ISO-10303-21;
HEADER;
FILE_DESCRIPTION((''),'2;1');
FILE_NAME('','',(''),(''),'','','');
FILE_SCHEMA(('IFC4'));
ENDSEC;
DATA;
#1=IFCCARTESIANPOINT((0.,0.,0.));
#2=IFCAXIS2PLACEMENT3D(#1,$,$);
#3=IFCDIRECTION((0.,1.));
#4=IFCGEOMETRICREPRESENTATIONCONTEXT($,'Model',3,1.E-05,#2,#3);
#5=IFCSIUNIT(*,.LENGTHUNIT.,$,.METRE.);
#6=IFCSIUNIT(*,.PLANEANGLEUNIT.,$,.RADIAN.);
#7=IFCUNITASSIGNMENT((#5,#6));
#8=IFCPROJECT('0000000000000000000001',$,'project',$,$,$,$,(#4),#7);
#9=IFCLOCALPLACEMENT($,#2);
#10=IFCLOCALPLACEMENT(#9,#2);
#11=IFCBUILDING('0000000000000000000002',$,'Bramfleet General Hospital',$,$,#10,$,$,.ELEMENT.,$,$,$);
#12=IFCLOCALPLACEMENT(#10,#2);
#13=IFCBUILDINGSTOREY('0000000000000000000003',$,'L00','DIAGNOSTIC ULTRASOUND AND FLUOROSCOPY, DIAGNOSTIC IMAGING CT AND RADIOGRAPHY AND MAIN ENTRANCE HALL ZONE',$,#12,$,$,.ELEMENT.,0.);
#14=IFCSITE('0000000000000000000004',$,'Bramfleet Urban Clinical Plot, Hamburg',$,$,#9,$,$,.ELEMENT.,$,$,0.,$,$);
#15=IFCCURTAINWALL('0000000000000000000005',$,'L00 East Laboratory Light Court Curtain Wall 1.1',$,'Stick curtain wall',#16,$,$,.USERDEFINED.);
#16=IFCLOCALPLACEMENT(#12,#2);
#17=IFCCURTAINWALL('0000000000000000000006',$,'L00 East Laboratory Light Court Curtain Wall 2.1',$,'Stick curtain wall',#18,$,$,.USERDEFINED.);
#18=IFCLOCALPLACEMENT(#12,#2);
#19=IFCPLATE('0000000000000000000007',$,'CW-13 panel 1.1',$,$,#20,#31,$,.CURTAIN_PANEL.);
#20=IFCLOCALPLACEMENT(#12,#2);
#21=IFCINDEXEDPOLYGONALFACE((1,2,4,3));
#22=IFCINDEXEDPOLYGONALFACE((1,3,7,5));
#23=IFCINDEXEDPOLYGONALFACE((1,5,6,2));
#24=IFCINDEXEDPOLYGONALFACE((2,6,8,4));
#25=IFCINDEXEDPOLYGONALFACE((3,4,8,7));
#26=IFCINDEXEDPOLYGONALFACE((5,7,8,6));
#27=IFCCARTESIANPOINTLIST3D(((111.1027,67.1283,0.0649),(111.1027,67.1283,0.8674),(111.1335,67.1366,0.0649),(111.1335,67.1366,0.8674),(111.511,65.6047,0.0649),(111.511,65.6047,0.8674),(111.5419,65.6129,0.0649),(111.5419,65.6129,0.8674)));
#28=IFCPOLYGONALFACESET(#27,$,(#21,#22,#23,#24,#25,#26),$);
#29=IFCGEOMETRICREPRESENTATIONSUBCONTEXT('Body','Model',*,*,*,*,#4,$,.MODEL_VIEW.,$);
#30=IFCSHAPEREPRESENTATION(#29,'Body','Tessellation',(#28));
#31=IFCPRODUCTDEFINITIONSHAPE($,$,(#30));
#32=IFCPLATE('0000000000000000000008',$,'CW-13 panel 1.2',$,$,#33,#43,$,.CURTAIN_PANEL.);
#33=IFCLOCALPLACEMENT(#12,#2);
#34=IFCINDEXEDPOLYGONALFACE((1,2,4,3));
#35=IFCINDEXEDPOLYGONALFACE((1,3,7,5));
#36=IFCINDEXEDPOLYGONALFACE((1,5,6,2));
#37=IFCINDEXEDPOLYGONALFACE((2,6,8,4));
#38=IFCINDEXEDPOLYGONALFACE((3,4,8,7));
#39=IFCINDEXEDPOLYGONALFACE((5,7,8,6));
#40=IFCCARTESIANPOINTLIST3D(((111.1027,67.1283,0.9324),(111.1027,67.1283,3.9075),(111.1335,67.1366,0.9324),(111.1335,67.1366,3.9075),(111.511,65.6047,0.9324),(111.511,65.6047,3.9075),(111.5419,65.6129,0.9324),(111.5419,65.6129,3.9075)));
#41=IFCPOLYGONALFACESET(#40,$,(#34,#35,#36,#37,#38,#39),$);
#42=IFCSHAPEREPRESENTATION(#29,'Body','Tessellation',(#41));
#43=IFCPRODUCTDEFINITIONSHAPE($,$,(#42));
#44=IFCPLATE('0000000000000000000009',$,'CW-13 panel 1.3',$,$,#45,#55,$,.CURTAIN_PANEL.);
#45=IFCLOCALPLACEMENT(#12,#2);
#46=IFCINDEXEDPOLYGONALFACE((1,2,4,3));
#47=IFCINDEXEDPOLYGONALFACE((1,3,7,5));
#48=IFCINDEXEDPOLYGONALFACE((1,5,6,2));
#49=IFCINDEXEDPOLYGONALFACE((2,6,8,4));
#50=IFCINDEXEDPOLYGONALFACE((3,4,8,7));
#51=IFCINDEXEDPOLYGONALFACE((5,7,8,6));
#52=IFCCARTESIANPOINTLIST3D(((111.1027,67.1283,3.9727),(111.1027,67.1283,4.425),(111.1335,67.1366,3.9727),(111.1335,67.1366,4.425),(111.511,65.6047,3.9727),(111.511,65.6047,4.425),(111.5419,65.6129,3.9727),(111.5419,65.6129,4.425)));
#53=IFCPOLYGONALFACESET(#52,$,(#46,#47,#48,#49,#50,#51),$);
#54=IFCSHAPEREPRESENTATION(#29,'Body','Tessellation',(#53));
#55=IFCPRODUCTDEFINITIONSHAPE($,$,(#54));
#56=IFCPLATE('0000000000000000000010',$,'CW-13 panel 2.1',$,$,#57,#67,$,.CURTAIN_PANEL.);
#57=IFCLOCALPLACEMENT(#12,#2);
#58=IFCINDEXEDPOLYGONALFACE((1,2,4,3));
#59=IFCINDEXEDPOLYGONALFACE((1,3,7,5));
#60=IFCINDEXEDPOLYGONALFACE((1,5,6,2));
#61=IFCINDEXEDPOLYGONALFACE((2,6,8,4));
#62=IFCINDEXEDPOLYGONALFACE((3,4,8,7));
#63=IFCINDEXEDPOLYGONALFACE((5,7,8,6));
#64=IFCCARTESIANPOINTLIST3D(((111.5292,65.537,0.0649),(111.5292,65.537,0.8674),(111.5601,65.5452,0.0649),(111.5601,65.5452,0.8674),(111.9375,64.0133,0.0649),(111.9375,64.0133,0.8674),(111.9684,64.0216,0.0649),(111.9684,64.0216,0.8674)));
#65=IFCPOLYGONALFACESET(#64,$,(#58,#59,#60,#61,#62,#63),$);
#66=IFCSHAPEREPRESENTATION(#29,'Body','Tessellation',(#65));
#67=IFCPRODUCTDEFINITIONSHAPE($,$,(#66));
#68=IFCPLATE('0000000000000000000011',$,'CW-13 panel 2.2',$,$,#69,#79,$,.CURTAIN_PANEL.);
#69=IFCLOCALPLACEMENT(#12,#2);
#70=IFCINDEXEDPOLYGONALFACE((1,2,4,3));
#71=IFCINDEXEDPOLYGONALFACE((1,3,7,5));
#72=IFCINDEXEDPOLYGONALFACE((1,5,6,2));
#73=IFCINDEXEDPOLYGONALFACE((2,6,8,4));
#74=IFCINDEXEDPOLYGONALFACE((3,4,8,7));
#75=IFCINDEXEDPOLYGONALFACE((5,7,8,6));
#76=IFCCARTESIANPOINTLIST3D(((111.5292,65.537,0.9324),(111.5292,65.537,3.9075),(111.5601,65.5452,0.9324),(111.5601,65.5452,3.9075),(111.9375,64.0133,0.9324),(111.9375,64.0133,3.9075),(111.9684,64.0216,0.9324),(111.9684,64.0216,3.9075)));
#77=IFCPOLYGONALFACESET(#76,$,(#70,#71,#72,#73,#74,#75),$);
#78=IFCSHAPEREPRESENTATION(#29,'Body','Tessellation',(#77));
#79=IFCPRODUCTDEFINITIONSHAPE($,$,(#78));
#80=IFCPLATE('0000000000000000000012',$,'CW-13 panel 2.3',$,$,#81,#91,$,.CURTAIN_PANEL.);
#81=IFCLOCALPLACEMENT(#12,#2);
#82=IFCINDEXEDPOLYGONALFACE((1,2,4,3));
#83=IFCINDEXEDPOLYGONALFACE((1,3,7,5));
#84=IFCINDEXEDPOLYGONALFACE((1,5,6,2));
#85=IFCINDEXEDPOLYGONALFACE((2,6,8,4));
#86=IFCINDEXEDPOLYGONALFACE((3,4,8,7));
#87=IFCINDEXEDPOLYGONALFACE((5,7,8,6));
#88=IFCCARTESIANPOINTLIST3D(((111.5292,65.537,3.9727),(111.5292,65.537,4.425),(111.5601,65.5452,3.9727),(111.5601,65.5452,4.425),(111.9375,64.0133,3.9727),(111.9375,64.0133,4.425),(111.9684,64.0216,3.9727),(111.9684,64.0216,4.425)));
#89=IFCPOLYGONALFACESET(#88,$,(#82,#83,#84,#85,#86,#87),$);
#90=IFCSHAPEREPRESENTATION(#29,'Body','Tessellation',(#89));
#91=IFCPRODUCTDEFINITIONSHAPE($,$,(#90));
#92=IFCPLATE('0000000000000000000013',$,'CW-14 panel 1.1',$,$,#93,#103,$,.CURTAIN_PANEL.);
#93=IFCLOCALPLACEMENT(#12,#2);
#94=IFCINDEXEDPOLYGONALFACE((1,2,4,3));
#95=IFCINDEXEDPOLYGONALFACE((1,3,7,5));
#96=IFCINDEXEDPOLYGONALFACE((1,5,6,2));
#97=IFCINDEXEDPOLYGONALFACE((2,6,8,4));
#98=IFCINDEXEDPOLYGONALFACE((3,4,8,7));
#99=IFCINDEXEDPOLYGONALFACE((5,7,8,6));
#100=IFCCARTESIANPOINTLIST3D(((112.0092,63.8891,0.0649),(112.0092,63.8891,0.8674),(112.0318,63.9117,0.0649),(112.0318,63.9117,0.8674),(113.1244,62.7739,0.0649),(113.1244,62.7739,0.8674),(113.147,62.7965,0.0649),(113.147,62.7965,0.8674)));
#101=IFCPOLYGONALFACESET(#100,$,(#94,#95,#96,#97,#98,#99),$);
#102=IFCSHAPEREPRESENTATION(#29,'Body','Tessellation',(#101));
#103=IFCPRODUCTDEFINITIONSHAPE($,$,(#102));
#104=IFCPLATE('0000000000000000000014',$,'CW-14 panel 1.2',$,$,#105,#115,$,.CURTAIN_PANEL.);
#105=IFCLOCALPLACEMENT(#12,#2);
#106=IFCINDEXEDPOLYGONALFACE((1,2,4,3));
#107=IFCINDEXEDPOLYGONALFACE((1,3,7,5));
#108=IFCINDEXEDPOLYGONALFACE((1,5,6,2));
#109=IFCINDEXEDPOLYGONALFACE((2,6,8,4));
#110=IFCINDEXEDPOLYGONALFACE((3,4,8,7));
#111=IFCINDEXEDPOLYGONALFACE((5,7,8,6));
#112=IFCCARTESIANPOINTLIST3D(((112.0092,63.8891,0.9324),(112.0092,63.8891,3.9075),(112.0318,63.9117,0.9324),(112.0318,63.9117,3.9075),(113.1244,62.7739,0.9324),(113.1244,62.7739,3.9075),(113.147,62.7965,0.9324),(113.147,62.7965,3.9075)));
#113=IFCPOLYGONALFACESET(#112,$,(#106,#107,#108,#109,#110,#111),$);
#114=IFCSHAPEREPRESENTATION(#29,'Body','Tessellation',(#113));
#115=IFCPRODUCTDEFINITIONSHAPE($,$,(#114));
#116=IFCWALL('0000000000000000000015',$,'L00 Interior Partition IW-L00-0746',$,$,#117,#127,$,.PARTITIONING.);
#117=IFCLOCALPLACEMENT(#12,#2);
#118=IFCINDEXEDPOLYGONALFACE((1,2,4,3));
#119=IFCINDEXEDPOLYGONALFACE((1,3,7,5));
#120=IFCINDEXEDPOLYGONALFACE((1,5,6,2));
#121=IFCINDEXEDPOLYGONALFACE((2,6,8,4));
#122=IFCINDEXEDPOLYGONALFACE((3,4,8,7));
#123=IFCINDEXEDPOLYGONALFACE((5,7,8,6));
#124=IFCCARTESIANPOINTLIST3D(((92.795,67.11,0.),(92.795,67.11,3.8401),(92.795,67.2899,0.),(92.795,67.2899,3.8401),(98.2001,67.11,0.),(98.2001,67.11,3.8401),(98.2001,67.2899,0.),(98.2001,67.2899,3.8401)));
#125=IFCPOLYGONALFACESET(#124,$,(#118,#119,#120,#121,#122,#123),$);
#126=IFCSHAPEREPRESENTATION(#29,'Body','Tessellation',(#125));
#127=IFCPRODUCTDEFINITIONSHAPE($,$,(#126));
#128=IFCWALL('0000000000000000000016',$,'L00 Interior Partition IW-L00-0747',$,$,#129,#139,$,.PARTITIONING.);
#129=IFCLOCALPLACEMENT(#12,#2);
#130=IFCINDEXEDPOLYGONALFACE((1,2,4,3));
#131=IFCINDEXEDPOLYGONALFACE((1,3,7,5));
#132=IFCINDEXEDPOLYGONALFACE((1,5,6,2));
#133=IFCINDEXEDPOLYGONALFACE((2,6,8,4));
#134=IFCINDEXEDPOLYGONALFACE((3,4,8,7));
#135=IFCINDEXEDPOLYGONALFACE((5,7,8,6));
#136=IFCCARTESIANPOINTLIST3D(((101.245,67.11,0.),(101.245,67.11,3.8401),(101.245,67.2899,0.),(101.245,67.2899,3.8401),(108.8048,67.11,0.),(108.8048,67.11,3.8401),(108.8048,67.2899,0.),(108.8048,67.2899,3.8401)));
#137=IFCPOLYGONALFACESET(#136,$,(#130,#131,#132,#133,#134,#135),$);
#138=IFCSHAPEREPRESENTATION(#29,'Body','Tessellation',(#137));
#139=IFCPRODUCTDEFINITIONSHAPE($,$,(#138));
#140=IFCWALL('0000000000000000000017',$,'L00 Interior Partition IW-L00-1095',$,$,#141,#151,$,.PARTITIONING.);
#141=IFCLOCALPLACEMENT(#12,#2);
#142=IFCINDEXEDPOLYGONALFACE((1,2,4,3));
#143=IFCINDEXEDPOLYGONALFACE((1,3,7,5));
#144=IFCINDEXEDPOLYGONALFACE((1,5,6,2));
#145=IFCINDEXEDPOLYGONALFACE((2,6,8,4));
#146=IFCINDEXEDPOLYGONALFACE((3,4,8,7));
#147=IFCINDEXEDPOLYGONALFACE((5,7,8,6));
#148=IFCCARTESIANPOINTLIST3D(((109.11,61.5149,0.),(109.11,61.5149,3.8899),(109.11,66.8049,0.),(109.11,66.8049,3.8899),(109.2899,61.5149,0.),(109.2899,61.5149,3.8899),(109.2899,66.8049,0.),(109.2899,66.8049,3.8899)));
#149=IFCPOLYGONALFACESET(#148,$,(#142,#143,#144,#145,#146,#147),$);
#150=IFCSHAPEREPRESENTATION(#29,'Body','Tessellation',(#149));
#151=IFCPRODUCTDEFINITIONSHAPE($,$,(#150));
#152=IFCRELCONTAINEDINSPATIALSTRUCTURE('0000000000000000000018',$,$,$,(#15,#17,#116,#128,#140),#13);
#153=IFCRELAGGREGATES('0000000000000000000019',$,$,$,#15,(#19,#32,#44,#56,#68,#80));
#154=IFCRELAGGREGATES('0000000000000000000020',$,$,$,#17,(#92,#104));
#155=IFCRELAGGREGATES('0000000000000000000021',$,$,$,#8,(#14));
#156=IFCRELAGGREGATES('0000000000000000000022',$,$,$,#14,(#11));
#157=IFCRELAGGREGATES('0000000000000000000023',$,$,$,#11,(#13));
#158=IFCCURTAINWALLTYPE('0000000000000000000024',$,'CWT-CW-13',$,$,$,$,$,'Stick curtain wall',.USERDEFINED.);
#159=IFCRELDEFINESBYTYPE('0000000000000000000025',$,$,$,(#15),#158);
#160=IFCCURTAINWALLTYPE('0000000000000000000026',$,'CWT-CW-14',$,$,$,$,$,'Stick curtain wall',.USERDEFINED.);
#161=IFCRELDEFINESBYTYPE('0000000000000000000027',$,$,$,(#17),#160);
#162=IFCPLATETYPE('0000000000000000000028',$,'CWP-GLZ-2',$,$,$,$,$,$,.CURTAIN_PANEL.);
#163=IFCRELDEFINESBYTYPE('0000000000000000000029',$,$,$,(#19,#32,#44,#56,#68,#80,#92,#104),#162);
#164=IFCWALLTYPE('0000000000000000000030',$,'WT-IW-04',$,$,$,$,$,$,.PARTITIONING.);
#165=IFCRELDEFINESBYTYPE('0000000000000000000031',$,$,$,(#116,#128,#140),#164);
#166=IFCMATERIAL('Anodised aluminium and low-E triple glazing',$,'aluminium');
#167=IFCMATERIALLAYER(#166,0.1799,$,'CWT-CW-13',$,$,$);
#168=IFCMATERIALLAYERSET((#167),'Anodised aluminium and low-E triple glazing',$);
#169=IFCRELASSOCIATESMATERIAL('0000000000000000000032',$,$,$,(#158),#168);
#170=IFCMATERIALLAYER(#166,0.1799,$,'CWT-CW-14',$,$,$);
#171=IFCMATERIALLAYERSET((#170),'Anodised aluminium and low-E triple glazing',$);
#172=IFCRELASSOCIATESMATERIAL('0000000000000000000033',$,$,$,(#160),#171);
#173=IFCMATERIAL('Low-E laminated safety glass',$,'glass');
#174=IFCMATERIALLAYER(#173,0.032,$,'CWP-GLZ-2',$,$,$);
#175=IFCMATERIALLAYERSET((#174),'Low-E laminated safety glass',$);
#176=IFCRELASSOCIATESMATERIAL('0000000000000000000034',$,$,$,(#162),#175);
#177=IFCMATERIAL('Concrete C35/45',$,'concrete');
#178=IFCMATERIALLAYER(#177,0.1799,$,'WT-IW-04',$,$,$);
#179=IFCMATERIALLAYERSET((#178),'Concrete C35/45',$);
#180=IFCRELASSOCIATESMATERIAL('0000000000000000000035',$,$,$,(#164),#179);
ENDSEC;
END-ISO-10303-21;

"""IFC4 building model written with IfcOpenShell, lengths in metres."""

from ifc_helpers import new_model, si_unit, direction, frame, frame_2d, origin, origin_2d, place, context, subcontext, project, spatial, rectangle, extrude, material, layer, layer_set, type_object, element, aggregate, save


model = new_model("IFC4")

# Units and contexts
model_context = context("Model", 3, precision=1e-05, world=origin(), true_north=direction((0.0, 1.0)))
body_context = subcontext(model_context, "Body", "Model", "MODEL_VIEW")
ifc_project = project(units=[si_unit("LENGTHUNIT", "METRE"), si_unit("PLANEANGLEUNIT", "RADIAN")], contexts=[model_context])

# Site, building, storey
site_placement = place(None, origin())
site = spatial("IfcSite", under=ifc_project, at=site_placement, Name="Bramfleet Urban Clinical Plot, Hamburg", CompositionType="ELEMENT", RefElevation=0.0)
building_placement = place(site_placement, origin())
building = spatial("IfcBuilding", under=site, at=building_placement, Name="Bramfleet General Hospital", CompositionType="ELEMENT")
storey_placement = place(building_placement, origin())
storey = spatial("IfcBuildingStorey", under=building, at=storey_placement, Name="L00", Description="DIAGNOSTIC ULTRASOUND AND FLUOROSCOPY, DIAGNOSTIC IMAGING CT AND RADIOGRAPHY AND MAIN ENTRANCE HALL ZONE", CompositionType="ELEMENT", Elevation=0.0)

# Shared definitions
ifc_material_1 = material(Name="Concrete C35/45", Category="concrete")

# Curtain wall
ifc_material_2 = material(Name="Anodised aluminium and low-E triple glazing", Category="aluminium")
ifc_layer_1 = layer(ifc_material_2, 0.1799, Name="CWT-CW-13")
ifc_layer_set_1 = layer_set([ifc_layer_1], Name="Anodised aluminium and low-E triple glazing")
curtain_wall_type_1 = type_object("IfcCurtainWallType", Name="CWT-CW-13", ElementType="Stick curtain wall", PredefinedType="USERDEFINED", material=ifc_layer_set_1)
curtain_wall_1_placement = place(storey_placement, origin())
curtain_wall_1 = element("IfcCurtainWall", 1, at=curtain_wall_1_placement, inside=storey, type_object=curtain_wall_type_1, Name="L00 East Laboratory Light Court Curtain Wall 1.1", ObjectType="Stick curtain wall", PredefinedType="USERDEFINED")

# Curtain wall
ifc_layer_2 = layer(ifc_material_2, 0.1799, Name="CWT-CW-14")
ifc_layer_set_2 = layer_set([ifc_layer_2], Name="Anodised aluminium and low-E triple glazing")
curtain_wall_type_2 = type_object("IfcCurtainWallType", Name="CWT-CW-14", ElementType="Stick curtain wall", PredefinedType="USERDEFINED", material=ifc_layer_set_2)
curtain_wall_2_placement = place(storey_placement, origin())
curtain_wall_2 = element("IfcCurtainWall", 2, at=curtain_wall_2_placement, inside=storey, type_object=curtain_wall_type_2, Name="L00 East Laboratory Light Court Curtain Wall 2.1", ObjectType="Stick curtain wall", PredefinedType="USERDEFINED")

# Plates
ifc_material_3 = material(Name="Low-E laminated safety glass", Category="glass")
ifc_layer_3 = layer(ifc_material_3, 0.032, Name="CWP-GLZ-2")
ifc_layer_set_3 = layer_set([ifc_layer_3], Name="Low-E laminated safety glass")
plate_type = type_object("IfcPlateType", Name="CWP-GLZ-2", PredefinedType="CURTAIN_PANEL", material=ifc_layer_set_3)
plate_1_placement = place(storey_placement, frame((111.3223, 66.3706, 0.0649), z_axis=(0.0, 0.0, 1.0), x_axis=(0.258865, -0.965914, 0.0)))
plate_1 = element("IfcPlate", 3, at=plate_1_placement, type_object=plate_type, Name="CW-13 panel 1.1", PredefinedType="CURTAIN_PANEL", context=body_context, shape_type="SweptSolid", body=[
    extrude(rectangle(XDim=1.5774, YDim=0.032, at=origin_2d()), origin(), (0.0, 0.0, 1.0), 0.8025),
])
plate_2_placement = place(storey_placement, frame((111.3223, 66.3706, 0.9324), z_axis=(0.0, 0.0, 1.0), x_axis=(0.258865, -0.965914, 0.0)))
plate_2 = element("IfcPlate", 4, at=plate_2_placement, type_object=plate_type, Name="CW-13 panel 1.2", PredefinedType="CURTAIN_PANEL", context=body_context, shape_type="SweptSolid", body=[
    extrude(rectangle(XDim=1.5774, YDim=0.032, at=origin_2d()), origin(), (0.0, 0.0, 1.0), 2.9751),
])
plate_3_placement = place(storey_placement, frame((111.3223, 66.3706, 3.9727), z_axis=(0.0, 0.0, 1.0), x_axis=(0.258865, -0.965914, 0.0)))
plate_3 = element("IfcPlate", 5, at=plate_3_placement, type_object=plate_type, Name="CW-13 panel 1.3", PredefinedType="CURTAIN_PANEL", context=body_context, shape_type="SweptSolid", body=[
    extrude(rectangle(XDim=1.5774, YDim=0.032, at=origin_2d()), origin(), (0.0, 0.0, 1.0), 0.4524),
])
plate_4_placement = place(storey_placement, frame((111.7488, 64.7793, 0.0649), z_axis=(0.0, 0.0, 1.0), x_axis=(0.258865, -0.965914, 0.0)))
plate_4 = element("IfcPlate", 6, at=plate_4_placement, type_object=plate_type, Name="CW-13 panel 2.1", PredefinedType="CURTAIN_PANEL", context=body_context, shape_type="SweptSolid", body=[
    extrude(rectangle(XDim=1.5774, YDim=0.032, at=origin_2d()), origin(), (0.0, 0.0, 1.0), 0.8025),
])
plate_5_placement = place(storey_placement, frame((111.7488, 64.7793, 0.9324), z_axis=(0.0, 0.0, 1.0), x_axis=(0.258865, -0.965914, 0.0)))
plate_5 = element("IfcPlate", 7, at=plate_5_placement, type_object=plate_type, Name="CW-13 panel 2.2", PredefinedType="CURTAIN_PANEL", context=body_context, shape_type="SweptSolid", body=[
    extrude(rectangle(XDim=1.5774, YDim=0.032, at=origin_2d()), origin(), (0.0, 0.0, 1.0), 2.9751),
])
plate_6_placement = place(storey_placement, frame((111.7488, 64.7793, 3.9727), z_axis=(0.0, 0.0, 1.0), x_axis=(0.258865, -0.965914, 0.0)))
plate_6 = element("IfcPlate", 8, at=plate_6_placement, type_object=plate_type, Name="CW-13 panel 2.3", PredefinedType="CURTAIN_PANEL", context=body_context, shape_type="SweptSolid", body=[
    extrude(rectangle(XDim=1.5774, YDim=0.032, at=origin_2d()), origin(), (0.0, 0.0, 1.0), 0.4524),
])
aggregate(curtain_wall_1, [plate_1, plate_2, plate_3, plate_4, plate_5, plate_6])
plate_7_placement = place(storey_placement, frame((112.5781, 63.3428, 0.0649), z_axis=(0.0, 0.0, 1.0), x_axis=(0.707107, -0.707107, 0.0)))
plate_7 = element("IfcPlate", 9, at=plate_7_placement, type_object=plate_type, Name="CW-14 panel 1.1", PredefinedType="CURTAIN_PANEL", context=body_context, shape_type="SweptSolid", body=[
    extrude(rectangle(XDim=1.5771, YDim=0.032, at=origin_2d()), origin(), (0.0, 0.0, 1.0), 0.8025),
])
plate_8_placement = place(storey_placement, frame((112.5781, 63.3428, 0.9324), z_axis=(0.0, 0.0, 1.0), x_axis=(0.707107, -0.707107, 0.0)))
plate_8 = element("IfcPlate", 10, at=plate_8_placement, type_object=plate_type, Name="CW-14 panel 1.2", PredefinedType="CURTAIN_PANEL", context=body_context, shape_type="SweptSolid", body=[
    extrude(rectangle(XDim=1.5771, YDim=0.032, at=origin_2d()), origin(), (0.0, 0.0, 1.0), 2.9751),
])
aggregate(curtain_wall_2, [plate_7, plate_8])

# Walls
ifc_layer_4 = layer(ifc_material_1, 0.1799, Name="WT-IW-04")
ifc_layer_set_4 = layer_set([ifc_layer_4], Name="Concrete C35/45")
wall_type = type_object("IfcWallType", Name="WT-IW-04", PredefinedType="PARTITIONING", material=ifc_layer_set_4)
wall_1_placement = place(storey_placement, frame((92.7949, 67.2, 0.0), z_axis=(0.0, 0.0, 1.0), x_axis=(1.0, 0.0, 0.0)))
element("IfcWall", 11, at=wall_1_placement, inside=storey, type_object=wall_type, Name="L00 Interior Partition IW-L00-0746", PredefinedType="PARTITIONING", context=body_context, shape_type="SweptSolid", body=[
    extrude(rectangle(XDim=5.405, YDim=0.1799, at=frame_2d((2.7026, 0.0))), origin(), (0.0, 0.0, 1.0), 3.8401),
])
wall_2_placement = place(storey_placement, frame((101.2451, 67.2, 0.0), z_axis=(0.0, 0.0, 1.0), x_axis=(1.0, 0.0, 0.0)))
element("IfcWall", 12, at=wall_2_placement, inside=storey, type_object=wall_type, Name="L00 Interior Partition IW-L00-0747", PredefinedType="PARTITIONING", context=body_context, shape_type="SweptSolid", body=[
    extrude(rectangle(XDim=7.5598, YDim=0.1799, at=frame_2d((3.7798, 0.0))), origin(), (0.0, 0.0, 1.0), 3.8401),
])
wall_3_placement = place(storey_placement, frame((109.2, 61.5149, 0.0), z_axis=(0.0, 0.0, 1.0), x_axis=(0.0, 1.0, 0.0)))
element("IfcWall", 13, at=wall_3_placement, inside=storey, type_object=wall_type, Name="L00 Interior Partition IW-L00-1095", PredefinedType="PARTITIONING", context=body_context, shape_type="SweptSolid", body=[
    extrude(rectangle(XDim=5.29, YDim=0.1799, at=frame_2d((2.645, 0.0))), origin(), (0.0, 0.0, 1.0), 3.8899),
])

save(model, "model.ifc")
